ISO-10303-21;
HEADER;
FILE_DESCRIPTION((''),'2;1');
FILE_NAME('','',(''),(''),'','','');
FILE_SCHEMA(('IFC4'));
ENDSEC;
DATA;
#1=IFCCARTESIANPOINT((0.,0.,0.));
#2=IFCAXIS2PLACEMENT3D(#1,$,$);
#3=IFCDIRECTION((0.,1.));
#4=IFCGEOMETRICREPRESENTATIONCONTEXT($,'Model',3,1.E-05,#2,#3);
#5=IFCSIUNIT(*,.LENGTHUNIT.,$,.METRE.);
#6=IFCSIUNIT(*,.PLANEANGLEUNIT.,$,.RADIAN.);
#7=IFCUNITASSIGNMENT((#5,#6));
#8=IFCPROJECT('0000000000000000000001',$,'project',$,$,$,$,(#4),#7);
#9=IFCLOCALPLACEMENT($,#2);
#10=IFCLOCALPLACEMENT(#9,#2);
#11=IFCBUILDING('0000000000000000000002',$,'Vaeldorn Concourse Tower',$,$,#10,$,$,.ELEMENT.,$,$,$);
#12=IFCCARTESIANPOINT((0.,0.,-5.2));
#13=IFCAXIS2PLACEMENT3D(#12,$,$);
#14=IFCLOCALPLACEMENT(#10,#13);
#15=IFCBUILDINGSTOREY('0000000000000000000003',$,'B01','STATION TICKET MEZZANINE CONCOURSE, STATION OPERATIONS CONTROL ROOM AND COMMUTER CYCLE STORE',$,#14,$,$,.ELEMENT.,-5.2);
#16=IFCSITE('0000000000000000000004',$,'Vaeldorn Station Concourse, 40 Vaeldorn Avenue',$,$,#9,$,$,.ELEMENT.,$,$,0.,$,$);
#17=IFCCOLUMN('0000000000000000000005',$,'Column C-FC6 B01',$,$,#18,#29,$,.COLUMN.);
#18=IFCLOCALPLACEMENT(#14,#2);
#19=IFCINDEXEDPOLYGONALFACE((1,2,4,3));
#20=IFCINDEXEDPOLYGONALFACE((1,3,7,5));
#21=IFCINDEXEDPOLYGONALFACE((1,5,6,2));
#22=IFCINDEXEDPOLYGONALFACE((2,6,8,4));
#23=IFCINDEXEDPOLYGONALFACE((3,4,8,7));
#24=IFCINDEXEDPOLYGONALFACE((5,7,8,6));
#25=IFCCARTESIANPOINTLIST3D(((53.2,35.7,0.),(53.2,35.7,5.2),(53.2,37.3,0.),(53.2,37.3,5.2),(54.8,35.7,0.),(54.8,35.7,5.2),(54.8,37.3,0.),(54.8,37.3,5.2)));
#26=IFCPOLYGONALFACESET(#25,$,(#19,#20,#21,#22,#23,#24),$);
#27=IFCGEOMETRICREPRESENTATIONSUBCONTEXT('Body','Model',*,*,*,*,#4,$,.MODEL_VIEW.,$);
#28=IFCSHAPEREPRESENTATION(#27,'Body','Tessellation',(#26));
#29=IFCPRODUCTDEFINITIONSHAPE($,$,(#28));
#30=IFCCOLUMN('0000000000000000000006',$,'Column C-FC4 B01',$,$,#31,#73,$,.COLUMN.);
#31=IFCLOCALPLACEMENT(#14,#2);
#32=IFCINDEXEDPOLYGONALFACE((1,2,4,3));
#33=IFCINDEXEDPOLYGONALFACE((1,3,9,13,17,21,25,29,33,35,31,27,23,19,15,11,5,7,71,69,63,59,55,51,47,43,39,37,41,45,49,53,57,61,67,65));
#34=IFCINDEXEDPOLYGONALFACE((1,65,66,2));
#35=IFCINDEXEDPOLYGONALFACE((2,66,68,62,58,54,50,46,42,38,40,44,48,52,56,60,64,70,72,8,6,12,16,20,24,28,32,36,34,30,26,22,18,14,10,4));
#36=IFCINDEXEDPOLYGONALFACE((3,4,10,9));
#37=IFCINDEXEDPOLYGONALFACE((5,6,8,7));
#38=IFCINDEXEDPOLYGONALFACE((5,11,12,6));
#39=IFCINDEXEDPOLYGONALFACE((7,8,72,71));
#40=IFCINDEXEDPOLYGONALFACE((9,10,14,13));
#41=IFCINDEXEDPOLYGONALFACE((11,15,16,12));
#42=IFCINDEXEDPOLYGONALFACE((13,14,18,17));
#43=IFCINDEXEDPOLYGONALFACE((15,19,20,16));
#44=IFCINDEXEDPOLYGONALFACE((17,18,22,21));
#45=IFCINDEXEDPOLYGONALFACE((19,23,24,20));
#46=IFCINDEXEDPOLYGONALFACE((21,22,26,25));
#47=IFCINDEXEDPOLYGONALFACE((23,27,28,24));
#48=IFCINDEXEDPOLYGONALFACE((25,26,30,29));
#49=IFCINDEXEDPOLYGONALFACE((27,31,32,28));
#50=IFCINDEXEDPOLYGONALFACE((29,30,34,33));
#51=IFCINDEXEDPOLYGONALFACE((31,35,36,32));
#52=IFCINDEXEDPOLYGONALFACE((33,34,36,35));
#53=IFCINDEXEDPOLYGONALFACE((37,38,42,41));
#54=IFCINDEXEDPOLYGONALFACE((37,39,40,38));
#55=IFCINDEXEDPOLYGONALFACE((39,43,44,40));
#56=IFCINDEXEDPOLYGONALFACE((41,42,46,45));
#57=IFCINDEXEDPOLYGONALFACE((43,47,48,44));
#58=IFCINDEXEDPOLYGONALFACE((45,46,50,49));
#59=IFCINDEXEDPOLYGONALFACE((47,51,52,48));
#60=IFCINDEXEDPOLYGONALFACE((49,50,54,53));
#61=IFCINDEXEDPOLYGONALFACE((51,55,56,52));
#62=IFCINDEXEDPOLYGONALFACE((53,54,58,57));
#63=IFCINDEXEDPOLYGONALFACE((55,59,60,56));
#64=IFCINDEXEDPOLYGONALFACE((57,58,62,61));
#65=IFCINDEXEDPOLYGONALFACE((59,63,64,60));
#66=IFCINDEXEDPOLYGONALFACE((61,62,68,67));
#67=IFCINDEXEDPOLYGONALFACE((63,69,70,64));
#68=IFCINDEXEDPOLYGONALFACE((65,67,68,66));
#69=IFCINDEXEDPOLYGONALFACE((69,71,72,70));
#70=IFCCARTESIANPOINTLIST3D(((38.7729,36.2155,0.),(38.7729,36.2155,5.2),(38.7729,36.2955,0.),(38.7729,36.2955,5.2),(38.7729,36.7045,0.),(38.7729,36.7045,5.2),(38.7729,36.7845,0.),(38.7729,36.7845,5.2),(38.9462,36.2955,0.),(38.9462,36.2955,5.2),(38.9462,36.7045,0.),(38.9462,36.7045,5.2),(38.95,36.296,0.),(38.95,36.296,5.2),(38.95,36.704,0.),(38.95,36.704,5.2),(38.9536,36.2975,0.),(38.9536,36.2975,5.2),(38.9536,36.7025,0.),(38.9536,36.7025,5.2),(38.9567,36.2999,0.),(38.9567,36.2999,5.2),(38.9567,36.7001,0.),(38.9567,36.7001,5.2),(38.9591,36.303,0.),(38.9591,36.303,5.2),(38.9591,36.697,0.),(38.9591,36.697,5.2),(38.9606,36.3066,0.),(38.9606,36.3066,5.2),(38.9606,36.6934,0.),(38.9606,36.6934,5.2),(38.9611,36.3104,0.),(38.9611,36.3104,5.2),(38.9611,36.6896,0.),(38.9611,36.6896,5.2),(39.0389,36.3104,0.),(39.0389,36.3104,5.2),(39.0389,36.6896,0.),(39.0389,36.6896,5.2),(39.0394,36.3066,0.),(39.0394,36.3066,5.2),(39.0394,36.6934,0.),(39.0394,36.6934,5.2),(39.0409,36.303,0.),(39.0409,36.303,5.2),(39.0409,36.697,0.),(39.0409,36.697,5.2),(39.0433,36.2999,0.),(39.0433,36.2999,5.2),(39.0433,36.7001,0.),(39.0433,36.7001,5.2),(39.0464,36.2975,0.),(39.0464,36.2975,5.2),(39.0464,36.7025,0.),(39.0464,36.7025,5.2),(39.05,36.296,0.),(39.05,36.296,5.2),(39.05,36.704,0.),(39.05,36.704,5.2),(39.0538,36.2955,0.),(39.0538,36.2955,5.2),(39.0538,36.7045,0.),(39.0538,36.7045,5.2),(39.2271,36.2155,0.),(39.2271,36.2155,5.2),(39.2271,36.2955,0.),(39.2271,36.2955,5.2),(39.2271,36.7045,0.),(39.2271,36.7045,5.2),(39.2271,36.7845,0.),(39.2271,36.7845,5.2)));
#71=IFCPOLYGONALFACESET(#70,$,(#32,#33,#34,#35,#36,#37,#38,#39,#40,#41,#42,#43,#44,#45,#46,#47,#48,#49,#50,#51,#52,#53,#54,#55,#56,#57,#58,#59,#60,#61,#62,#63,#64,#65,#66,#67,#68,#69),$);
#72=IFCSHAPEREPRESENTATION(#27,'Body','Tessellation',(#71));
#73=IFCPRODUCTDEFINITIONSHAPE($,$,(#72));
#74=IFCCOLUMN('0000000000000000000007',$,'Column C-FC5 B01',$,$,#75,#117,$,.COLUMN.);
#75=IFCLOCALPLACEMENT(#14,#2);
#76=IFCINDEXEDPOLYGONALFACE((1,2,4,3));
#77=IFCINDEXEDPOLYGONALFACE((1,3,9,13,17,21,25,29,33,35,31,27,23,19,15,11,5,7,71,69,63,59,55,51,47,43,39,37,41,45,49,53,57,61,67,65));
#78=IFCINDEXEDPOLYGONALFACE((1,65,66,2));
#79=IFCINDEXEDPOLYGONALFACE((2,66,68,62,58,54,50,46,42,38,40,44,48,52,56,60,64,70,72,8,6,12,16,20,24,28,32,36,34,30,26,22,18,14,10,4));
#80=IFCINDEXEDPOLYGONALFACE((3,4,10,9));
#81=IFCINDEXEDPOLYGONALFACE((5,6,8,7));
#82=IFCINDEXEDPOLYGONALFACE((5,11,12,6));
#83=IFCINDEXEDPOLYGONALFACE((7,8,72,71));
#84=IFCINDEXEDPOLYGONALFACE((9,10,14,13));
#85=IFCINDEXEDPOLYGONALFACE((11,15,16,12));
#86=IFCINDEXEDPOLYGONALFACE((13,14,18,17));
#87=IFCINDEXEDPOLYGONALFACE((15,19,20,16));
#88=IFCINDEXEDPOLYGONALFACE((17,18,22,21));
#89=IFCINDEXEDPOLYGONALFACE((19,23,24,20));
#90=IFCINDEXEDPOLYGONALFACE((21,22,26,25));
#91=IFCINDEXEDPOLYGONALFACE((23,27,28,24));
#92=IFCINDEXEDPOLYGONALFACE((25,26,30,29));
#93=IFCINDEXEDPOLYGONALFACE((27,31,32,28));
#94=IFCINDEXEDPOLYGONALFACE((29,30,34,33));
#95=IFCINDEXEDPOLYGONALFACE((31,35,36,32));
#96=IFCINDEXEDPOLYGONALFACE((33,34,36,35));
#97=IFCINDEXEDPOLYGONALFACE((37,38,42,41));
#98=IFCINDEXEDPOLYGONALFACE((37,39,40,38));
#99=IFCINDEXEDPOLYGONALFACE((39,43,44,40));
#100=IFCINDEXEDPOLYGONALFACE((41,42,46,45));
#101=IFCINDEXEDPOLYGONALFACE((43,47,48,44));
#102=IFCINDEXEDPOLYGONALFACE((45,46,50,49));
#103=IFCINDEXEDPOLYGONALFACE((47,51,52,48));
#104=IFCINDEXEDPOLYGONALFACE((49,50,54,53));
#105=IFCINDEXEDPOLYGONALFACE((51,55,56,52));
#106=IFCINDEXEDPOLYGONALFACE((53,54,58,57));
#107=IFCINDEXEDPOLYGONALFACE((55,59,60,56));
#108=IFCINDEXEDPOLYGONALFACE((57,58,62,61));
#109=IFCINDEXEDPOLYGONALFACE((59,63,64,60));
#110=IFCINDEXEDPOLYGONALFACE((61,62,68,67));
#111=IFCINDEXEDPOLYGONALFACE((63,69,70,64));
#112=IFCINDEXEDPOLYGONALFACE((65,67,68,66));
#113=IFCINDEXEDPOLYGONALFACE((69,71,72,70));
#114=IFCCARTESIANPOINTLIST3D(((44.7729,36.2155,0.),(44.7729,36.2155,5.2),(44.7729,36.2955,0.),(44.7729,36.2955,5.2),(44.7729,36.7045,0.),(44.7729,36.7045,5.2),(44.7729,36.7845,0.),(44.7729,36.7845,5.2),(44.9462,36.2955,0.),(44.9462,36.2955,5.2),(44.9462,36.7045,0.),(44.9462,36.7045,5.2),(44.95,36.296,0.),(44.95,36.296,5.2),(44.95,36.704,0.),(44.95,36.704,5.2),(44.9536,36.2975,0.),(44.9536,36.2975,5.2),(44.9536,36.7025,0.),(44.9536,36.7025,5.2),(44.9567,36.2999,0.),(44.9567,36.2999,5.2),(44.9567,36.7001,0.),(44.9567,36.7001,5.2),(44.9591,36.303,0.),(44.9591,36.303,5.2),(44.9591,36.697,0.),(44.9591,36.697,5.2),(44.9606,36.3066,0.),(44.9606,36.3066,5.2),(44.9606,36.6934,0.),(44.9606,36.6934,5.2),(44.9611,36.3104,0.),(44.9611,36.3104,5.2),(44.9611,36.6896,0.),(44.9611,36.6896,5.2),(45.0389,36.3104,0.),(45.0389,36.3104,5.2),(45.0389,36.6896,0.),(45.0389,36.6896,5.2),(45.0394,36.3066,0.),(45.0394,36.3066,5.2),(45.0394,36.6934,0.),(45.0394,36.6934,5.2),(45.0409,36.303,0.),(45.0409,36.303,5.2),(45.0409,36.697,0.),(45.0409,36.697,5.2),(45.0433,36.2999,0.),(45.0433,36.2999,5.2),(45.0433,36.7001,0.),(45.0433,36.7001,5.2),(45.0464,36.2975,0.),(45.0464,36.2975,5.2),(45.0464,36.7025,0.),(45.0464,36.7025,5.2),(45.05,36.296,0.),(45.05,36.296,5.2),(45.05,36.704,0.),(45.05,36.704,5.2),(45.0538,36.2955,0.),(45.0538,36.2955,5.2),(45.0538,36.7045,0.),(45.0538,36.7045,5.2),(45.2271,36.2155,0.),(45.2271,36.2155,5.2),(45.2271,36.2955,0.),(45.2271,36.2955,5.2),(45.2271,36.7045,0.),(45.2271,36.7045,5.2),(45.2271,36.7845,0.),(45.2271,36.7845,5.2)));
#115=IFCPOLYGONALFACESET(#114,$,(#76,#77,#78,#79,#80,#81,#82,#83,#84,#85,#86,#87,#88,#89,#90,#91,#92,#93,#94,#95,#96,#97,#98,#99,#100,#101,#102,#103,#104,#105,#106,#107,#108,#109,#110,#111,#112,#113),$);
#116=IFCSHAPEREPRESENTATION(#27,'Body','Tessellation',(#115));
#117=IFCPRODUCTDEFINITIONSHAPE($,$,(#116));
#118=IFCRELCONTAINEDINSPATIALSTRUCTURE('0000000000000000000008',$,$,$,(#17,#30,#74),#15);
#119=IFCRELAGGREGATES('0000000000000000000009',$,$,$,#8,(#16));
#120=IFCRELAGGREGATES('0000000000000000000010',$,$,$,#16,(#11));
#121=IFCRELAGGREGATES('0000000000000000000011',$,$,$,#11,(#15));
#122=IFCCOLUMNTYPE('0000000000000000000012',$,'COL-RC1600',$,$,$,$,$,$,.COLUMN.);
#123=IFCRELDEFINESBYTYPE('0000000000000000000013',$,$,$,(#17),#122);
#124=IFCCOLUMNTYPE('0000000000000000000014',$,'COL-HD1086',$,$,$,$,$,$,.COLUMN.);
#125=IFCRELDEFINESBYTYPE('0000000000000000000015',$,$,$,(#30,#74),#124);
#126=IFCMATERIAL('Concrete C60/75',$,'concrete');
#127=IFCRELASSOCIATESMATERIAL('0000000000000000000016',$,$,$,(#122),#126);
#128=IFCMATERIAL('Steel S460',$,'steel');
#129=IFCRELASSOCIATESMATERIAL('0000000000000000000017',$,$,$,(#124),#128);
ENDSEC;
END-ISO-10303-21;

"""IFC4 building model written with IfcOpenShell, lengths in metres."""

from ifc_helpers import new_model, si_unit, direction, frame, origin, origin_2d, place, context, subcontext, project, spatial, rectangle, i_section, extrude, source, transform, mapped, material, material_profile, profile_set, type_object, element, save


model = new_model("IFC4")

# Units and contexts
model_context = context("Model", 3, precision=1e-05, world=origin(), true_north=direction((0.0, 1.0)))
body_context = subcontext(model_context, "Body", "Model", "MODEL_VIEW")
ifc_project = project(units=[si_unit("LENGTHUNIT", "METRE"), si_unit("PLANEANGLEUNIT", "RADIAN")], contexts=[model_context])

# Site, building, storey
site_placement = place(None, origin())
site = spatial("IfcSite", under=ifc_project, at=site_placement, Name="Vaeldorn Station Concourse, 40 Vaeldorn Avenue", CompositionType="ELEMENT", RefElevation=0.0)
building_placement = place(site_placement, origin())
building = spatial("IfcBuilding", under=site, at=building_placement, Name="Vaeldorn Concourse Tower", CompositionType="ELEMENT")
storey_placement = place(building_placement, frame((0.0, 0.0, -5.2)))
storey = spatial("IfcBuildingStorey", under=building, at=storey_placement, Name="B01", Description="STATION TICKET MEZZANINE CONCOURSE, STATION OPERATIONS CONTROL ROOM AND COMMUTER CYCLE STORE", CompositionType="ELEMENT", Elevation=-5.2)

# Columns
ifc_material_1 = material(Name="Concrete C60/75", Category="concrete")
ifc_material_profile_1 = material_profile(ifc_material_1, rectangle(XDim=1.6001, YDim=1.6001, at=origin_2d()), Name="RC 1600x1600")
ifc_profile_set_1 = profile_set([ifc_material_profile_1], Name="Concrete C60/75")
column_type_1 = type_object("IfcColumnType", Name="COL-RC1600", PredefinedType="COLUMN", material=ifc_profile_set_1)
shared_shape_1 = source(origin(), body_context, "Body", "SweptSolid", [
    extrude(rectangle(XDim=1.6001, YDim=1.6001, at=origin_2d()), origin(), (0.0, 0.0, 1.0), 5.2),
])
column_1_placement = place(storey_placement, frame((54.0, 36.5, 0.0), z_axis=(0.0, 0.0, 1.0), x_axis=(1.0, 0.0, 0.0)))
element("IfcColumn", 1, at=column_1_placement, inside=storey, type_object=column_type_1, Name="Column C-FC6 B01", PredefinedType="COLUMN", context=body_context, shape_type="MappedRepresentation", body=[
    mapped(shared_shape_1, transform((0.0, 0.0, 0.0), scale=1.0)),
])
ifc_material_2 = material(Name="Steel S460", Category="steel")
ifc_material_profile_2 = material_profile(ifc_material_2, i_section(OverallWidth=0.4541, OverallDepth=0.5691, WebThickness=0.0779, FlangeThickness=0.0801, FilletRadius=0.0149, at=origin_2d()), Name="HD 400x1086")
ifc_profile_set_2 = profile_set([ifc_material_profile_2], Name="Steel S460")
column_type_2 = type_object("IfcColumnType", Name="COL-HD1086", PredefinedType="COLUMN", material=ifc_profile_set_2)
shared_shape_2 = source(origin(), body_context, "Body", "SweptSolid", [
    extrude(i_section(OverallWidth=0.4541, OverallDepth=0.5691, WebThickness=0.0779, FlangeThickness=0.0801, FilletRadius=0.0149, at=origin_2d()), origin(), (0.0, 0.0, 1.0), 5.2),
])
for number, where, z_axis, x_axis, name in (
    (2, (39.0, 36.5, 0.0), (0.0, 0.0, 1.0), (1.0, 0.0, 0.0), "Column C-FC4 B01"),
    (3, (45.0, 36.5, 0.0), (0.0, 0.0, 1.0), (1.0, 0.0, 0.0), "Column C-FC5 B01"),
):
    element("IfcColumn", number, at=place(storey_placement, frame(where, z_axis=z_axis, x_axis=x_axis)), inside=storey, type_object=column_type_2, Name=name, PredefinedType="COLUMN", context=body_context, shape_type="MappedRepresentation", body=[
        mapped(shared_shape_2, transform((0.0, 0.0, 0.0), scale=1.0)),
    ])

save(model, "model.ifc")
